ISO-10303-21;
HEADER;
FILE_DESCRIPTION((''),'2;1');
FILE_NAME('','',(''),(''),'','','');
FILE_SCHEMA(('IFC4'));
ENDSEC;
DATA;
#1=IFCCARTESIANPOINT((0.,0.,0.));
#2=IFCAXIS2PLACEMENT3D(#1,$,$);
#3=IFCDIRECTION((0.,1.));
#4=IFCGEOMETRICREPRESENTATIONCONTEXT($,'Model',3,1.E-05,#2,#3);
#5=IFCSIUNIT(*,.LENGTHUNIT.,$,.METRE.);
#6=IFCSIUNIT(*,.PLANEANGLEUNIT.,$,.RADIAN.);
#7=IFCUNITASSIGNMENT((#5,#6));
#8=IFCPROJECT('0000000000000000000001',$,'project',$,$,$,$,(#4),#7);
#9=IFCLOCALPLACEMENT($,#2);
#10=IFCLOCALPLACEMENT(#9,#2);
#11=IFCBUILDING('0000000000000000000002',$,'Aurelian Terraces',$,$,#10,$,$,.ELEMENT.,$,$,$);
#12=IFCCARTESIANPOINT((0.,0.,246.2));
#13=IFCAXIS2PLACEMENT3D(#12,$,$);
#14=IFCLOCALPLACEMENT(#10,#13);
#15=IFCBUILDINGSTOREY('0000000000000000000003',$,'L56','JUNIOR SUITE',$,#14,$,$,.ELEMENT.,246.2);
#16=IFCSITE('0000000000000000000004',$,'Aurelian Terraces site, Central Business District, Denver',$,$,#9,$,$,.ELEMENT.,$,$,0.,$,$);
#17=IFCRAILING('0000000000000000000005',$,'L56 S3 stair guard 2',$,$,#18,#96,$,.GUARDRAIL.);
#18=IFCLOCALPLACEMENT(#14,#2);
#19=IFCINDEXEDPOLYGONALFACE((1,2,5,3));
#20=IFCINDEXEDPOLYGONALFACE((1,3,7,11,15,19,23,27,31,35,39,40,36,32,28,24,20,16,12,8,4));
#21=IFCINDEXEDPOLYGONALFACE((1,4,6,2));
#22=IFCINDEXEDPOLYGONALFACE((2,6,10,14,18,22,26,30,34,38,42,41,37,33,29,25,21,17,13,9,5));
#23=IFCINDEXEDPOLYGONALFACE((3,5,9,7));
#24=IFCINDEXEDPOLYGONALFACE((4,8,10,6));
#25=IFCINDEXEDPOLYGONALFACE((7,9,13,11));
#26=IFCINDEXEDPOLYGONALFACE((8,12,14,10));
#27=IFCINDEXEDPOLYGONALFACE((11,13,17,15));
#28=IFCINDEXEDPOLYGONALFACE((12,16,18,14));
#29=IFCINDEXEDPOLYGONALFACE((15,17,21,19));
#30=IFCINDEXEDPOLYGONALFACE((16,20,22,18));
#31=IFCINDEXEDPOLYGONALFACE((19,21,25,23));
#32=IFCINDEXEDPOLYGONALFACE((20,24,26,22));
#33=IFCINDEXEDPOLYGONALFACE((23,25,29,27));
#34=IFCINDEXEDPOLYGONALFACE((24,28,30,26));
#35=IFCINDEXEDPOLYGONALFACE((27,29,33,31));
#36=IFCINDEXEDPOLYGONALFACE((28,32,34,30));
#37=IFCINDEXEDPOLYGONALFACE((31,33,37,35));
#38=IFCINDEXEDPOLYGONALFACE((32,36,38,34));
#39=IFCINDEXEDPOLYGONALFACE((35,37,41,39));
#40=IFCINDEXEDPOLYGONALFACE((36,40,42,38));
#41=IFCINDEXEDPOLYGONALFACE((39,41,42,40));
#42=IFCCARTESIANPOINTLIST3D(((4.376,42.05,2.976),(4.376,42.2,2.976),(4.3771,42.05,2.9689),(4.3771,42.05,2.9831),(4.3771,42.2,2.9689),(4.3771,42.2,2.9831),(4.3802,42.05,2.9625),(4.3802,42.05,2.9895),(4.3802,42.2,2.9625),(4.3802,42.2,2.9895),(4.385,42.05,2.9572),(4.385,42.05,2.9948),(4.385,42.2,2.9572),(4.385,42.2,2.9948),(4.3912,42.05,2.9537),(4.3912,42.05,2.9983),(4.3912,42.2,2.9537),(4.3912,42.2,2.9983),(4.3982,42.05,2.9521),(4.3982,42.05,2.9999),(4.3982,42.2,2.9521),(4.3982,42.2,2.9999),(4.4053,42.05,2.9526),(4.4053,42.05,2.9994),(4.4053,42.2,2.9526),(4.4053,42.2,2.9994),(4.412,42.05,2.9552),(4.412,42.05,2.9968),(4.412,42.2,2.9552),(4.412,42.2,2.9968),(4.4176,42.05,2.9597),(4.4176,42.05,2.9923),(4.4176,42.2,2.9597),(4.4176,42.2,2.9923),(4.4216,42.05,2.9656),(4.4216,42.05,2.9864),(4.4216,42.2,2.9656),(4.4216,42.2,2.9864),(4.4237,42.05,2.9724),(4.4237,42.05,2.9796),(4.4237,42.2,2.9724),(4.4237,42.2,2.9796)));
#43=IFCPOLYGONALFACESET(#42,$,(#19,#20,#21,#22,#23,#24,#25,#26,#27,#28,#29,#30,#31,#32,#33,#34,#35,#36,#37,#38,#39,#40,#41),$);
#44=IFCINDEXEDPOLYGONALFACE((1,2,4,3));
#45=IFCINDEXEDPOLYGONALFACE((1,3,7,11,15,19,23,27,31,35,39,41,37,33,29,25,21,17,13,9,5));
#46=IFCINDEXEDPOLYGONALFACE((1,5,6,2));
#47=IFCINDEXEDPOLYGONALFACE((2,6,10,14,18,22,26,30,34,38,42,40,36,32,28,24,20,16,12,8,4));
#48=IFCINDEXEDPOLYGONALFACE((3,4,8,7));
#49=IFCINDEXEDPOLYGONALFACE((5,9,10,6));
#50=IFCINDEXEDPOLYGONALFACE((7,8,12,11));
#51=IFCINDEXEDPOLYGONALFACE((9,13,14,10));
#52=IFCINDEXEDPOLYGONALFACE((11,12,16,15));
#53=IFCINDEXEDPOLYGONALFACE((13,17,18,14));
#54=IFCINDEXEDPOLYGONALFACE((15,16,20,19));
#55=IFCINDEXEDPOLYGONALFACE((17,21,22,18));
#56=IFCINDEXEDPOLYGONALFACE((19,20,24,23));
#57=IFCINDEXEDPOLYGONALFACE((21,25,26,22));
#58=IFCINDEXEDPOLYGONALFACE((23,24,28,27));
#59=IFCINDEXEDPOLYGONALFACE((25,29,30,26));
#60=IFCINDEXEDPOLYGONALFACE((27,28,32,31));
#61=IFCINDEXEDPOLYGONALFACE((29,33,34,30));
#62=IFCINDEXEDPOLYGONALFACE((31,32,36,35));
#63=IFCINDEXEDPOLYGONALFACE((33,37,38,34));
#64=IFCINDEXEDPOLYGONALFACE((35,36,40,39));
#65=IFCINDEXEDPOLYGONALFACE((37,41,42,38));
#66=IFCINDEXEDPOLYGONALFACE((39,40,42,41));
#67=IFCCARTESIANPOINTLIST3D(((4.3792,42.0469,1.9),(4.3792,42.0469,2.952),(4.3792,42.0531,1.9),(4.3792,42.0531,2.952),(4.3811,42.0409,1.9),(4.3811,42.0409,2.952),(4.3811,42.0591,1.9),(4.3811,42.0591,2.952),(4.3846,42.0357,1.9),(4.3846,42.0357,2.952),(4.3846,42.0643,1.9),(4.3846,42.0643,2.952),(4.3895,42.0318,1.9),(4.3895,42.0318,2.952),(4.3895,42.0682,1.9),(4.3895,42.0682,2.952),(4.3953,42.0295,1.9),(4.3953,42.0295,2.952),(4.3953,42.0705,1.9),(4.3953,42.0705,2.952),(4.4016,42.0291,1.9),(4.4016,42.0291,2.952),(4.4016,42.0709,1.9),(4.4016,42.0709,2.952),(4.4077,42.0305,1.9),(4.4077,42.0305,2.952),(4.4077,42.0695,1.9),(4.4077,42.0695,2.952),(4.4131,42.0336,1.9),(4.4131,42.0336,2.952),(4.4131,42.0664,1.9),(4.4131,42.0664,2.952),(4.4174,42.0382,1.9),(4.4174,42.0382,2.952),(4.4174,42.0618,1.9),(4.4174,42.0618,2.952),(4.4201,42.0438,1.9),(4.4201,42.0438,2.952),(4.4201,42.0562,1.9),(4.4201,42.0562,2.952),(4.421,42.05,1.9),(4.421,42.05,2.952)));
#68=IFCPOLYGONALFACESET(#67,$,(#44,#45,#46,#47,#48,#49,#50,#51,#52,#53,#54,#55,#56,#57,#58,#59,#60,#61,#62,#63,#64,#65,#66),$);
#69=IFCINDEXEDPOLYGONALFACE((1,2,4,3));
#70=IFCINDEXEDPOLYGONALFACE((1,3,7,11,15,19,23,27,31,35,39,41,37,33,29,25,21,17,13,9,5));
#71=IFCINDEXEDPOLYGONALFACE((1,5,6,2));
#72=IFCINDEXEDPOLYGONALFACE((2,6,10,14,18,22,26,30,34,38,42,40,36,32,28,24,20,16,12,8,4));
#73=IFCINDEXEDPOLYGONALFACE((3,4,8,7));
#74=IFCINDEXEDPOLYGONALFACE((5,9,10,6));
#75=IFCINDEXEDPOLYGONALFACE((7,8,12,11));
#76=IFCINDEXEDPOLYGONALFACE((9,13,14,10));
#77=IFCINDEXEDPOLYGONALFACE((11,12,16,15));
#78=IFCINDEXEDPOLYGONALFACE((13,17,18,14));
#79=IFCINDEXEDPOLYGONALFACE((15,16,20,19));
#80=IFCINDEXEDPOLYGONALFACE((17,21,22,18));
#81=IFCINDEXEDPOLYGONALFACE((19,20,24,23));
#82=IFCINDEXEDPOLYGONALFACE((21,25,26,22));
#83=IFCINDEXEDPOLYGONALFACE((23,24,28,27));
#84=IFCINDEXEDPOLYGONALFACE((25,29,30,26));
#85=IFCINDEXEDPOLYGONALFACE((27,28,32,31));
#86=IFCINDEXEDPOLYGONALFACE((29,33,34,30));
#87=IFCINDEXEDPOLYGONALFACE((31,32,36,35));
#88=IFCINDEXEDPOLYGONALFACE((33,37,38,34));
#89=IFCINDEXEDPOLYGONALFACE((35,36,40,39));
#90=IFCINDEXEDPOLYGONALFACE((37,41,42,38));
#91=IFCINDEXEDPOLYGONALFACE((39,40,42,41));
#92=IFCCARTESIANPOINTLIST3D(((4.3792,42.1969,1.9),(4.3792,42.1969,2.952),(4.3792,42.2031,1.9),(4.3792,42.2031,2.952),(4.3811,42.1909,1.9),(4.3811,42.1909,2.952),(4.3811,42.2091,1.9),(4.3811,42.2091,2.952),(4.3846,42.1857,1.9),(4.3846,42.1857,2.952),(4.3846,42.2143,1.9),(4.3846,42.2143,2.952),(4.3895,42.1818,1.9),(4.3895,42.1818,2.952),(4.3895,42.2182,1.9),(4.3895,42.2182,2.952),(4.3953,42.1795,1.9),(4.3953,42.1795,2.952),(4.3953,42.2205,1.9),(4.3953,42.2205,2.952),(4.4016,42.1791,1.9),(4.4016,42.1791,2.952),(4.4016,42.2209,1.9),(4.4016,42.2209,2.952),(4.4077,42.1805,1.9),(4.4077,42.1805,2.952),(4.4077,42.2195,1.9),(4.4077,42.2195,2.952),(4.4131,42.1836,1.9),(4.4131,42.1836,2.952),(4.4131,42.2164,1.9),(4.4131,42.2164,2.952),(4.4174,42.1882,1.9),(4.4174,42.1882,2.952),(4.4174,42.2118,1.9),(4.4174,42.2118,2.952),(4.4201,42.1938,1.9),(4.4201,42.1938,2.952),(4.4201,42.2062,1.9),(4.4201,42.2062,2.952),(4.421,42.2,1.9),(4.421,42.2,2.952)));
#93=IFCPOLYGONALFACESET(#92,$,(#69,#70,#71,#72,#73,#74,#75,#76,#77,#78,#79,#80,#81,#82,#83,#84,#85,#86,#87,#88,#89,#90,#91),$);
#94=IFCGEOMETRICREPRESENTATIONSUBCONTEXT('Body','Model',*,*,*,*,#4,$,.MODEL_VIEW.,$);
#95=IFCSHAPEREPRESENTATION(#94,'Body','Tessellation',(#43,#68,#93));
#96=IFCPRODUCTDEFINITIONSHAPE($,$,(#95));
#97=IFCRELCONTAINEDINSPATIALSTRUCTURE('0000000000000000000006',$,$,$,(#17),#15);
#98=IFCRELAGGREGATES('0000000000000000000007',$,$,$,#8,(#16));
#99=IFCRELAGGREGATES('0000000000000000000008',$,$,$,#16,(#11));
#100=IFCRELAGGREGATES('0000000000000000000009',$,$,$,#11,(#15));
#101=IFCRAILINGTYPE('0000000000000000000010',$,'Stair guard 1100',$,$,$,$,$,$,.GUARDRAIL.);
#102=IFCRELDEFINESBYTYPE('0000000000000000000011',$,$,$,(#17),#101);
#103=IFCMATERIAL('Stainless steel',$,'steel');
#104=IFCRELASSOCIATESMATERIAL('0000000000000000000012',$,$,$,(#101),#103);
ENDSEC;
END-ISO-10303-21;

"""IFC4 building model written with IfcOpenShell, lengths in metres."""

from ifc_helpers import new_model, si_unit, direction, frame, origin, origin_2d, place, context, subcontext, project, spatial, circle, extrude, source, transform, mapped, material, type_object, element, save


model = new_model("IFC4")

# Units and contexts
model_context = context("Model", 3, precision=1e-05, world=origin(), true_north=direction((0.0, 1.0)))
body_context = subcontext(model_context, "Body", "Model", "MODEL_VIEW")
ifc_project = project(units=[si_unit("LENGTHUNIT", "METRE"), si_unit("PLANEANGLEUNIT", "RADIAN")], contexts=[model_context])

# Site, building, storey
site_placement = place(None, origin())
site = spatial("IfcSite", under=ifc_project, at=site_placement, Name="Aurelian Terraces site, Central Business District, Denver", CompositionType="ELEMENT", RefElevation=0.0)
building_placement = place(site_placement, origin())
building = spatial("IfcBuilding", under=site, at=building_placement, Name="Aurelian Terraces", CompositionType="ELEMENT")
storey_placement = place(building_placement, frame((0.0, 0.0, 246.2)))
storey = spatial("IfcBuildingStorey", under=building, at=storey_placement, Name="L56", Description="JUNIOR SUITE", CompositionType="ELEMENT", Elevation=246.2)

# Railing
ifc_material_1 = material(Name="Stainless steel", Category="steel")
railing_type_1 = type_object("IfcRailingType", Name="Stair guard 1100", PredefinedType="GUARDRAIL", material=ifc_material_1)
shared_shape_1 = source(origin(), body_context, "Body", "SweptSolid", [
    extrude(circle(Radius=0.024, at=origin_2d()), frame((0.0, 0.0, 1.076), z_axis=(0.0, 1.0, 0.0), x_axis=(-1.0, 0.0, 0.0)), (0.0, 0.0, 1.0), 0.15),
    extrude(circle(Radius=0.021, at=origin_2d()), origin(), (0.0, 0.0, 1.0), 1.052),
    extrude(circle(Radius=0.021, at=origin_2d()), frame((0.0, 0.15, 0.0)), (0.0, 0.0, 1.0), 1.052),
])
railing_1_placement = place(storey_placement, frame((4.4, 42.05, 1.9)))
element("IfcRailing", 1, at=railing_1_placement, inside=storey, type_object=railing_type_1, Name="L56 S3 stair guard 2", PredefinedType="GUARDRAIL", context=body_context, shape_type="MappedRepresentation", body=[
    mapped(shared_shape_1, transform((0.0, 0.0, 0.0), scale=1.0)),
])

save(model, "model.ifc")
